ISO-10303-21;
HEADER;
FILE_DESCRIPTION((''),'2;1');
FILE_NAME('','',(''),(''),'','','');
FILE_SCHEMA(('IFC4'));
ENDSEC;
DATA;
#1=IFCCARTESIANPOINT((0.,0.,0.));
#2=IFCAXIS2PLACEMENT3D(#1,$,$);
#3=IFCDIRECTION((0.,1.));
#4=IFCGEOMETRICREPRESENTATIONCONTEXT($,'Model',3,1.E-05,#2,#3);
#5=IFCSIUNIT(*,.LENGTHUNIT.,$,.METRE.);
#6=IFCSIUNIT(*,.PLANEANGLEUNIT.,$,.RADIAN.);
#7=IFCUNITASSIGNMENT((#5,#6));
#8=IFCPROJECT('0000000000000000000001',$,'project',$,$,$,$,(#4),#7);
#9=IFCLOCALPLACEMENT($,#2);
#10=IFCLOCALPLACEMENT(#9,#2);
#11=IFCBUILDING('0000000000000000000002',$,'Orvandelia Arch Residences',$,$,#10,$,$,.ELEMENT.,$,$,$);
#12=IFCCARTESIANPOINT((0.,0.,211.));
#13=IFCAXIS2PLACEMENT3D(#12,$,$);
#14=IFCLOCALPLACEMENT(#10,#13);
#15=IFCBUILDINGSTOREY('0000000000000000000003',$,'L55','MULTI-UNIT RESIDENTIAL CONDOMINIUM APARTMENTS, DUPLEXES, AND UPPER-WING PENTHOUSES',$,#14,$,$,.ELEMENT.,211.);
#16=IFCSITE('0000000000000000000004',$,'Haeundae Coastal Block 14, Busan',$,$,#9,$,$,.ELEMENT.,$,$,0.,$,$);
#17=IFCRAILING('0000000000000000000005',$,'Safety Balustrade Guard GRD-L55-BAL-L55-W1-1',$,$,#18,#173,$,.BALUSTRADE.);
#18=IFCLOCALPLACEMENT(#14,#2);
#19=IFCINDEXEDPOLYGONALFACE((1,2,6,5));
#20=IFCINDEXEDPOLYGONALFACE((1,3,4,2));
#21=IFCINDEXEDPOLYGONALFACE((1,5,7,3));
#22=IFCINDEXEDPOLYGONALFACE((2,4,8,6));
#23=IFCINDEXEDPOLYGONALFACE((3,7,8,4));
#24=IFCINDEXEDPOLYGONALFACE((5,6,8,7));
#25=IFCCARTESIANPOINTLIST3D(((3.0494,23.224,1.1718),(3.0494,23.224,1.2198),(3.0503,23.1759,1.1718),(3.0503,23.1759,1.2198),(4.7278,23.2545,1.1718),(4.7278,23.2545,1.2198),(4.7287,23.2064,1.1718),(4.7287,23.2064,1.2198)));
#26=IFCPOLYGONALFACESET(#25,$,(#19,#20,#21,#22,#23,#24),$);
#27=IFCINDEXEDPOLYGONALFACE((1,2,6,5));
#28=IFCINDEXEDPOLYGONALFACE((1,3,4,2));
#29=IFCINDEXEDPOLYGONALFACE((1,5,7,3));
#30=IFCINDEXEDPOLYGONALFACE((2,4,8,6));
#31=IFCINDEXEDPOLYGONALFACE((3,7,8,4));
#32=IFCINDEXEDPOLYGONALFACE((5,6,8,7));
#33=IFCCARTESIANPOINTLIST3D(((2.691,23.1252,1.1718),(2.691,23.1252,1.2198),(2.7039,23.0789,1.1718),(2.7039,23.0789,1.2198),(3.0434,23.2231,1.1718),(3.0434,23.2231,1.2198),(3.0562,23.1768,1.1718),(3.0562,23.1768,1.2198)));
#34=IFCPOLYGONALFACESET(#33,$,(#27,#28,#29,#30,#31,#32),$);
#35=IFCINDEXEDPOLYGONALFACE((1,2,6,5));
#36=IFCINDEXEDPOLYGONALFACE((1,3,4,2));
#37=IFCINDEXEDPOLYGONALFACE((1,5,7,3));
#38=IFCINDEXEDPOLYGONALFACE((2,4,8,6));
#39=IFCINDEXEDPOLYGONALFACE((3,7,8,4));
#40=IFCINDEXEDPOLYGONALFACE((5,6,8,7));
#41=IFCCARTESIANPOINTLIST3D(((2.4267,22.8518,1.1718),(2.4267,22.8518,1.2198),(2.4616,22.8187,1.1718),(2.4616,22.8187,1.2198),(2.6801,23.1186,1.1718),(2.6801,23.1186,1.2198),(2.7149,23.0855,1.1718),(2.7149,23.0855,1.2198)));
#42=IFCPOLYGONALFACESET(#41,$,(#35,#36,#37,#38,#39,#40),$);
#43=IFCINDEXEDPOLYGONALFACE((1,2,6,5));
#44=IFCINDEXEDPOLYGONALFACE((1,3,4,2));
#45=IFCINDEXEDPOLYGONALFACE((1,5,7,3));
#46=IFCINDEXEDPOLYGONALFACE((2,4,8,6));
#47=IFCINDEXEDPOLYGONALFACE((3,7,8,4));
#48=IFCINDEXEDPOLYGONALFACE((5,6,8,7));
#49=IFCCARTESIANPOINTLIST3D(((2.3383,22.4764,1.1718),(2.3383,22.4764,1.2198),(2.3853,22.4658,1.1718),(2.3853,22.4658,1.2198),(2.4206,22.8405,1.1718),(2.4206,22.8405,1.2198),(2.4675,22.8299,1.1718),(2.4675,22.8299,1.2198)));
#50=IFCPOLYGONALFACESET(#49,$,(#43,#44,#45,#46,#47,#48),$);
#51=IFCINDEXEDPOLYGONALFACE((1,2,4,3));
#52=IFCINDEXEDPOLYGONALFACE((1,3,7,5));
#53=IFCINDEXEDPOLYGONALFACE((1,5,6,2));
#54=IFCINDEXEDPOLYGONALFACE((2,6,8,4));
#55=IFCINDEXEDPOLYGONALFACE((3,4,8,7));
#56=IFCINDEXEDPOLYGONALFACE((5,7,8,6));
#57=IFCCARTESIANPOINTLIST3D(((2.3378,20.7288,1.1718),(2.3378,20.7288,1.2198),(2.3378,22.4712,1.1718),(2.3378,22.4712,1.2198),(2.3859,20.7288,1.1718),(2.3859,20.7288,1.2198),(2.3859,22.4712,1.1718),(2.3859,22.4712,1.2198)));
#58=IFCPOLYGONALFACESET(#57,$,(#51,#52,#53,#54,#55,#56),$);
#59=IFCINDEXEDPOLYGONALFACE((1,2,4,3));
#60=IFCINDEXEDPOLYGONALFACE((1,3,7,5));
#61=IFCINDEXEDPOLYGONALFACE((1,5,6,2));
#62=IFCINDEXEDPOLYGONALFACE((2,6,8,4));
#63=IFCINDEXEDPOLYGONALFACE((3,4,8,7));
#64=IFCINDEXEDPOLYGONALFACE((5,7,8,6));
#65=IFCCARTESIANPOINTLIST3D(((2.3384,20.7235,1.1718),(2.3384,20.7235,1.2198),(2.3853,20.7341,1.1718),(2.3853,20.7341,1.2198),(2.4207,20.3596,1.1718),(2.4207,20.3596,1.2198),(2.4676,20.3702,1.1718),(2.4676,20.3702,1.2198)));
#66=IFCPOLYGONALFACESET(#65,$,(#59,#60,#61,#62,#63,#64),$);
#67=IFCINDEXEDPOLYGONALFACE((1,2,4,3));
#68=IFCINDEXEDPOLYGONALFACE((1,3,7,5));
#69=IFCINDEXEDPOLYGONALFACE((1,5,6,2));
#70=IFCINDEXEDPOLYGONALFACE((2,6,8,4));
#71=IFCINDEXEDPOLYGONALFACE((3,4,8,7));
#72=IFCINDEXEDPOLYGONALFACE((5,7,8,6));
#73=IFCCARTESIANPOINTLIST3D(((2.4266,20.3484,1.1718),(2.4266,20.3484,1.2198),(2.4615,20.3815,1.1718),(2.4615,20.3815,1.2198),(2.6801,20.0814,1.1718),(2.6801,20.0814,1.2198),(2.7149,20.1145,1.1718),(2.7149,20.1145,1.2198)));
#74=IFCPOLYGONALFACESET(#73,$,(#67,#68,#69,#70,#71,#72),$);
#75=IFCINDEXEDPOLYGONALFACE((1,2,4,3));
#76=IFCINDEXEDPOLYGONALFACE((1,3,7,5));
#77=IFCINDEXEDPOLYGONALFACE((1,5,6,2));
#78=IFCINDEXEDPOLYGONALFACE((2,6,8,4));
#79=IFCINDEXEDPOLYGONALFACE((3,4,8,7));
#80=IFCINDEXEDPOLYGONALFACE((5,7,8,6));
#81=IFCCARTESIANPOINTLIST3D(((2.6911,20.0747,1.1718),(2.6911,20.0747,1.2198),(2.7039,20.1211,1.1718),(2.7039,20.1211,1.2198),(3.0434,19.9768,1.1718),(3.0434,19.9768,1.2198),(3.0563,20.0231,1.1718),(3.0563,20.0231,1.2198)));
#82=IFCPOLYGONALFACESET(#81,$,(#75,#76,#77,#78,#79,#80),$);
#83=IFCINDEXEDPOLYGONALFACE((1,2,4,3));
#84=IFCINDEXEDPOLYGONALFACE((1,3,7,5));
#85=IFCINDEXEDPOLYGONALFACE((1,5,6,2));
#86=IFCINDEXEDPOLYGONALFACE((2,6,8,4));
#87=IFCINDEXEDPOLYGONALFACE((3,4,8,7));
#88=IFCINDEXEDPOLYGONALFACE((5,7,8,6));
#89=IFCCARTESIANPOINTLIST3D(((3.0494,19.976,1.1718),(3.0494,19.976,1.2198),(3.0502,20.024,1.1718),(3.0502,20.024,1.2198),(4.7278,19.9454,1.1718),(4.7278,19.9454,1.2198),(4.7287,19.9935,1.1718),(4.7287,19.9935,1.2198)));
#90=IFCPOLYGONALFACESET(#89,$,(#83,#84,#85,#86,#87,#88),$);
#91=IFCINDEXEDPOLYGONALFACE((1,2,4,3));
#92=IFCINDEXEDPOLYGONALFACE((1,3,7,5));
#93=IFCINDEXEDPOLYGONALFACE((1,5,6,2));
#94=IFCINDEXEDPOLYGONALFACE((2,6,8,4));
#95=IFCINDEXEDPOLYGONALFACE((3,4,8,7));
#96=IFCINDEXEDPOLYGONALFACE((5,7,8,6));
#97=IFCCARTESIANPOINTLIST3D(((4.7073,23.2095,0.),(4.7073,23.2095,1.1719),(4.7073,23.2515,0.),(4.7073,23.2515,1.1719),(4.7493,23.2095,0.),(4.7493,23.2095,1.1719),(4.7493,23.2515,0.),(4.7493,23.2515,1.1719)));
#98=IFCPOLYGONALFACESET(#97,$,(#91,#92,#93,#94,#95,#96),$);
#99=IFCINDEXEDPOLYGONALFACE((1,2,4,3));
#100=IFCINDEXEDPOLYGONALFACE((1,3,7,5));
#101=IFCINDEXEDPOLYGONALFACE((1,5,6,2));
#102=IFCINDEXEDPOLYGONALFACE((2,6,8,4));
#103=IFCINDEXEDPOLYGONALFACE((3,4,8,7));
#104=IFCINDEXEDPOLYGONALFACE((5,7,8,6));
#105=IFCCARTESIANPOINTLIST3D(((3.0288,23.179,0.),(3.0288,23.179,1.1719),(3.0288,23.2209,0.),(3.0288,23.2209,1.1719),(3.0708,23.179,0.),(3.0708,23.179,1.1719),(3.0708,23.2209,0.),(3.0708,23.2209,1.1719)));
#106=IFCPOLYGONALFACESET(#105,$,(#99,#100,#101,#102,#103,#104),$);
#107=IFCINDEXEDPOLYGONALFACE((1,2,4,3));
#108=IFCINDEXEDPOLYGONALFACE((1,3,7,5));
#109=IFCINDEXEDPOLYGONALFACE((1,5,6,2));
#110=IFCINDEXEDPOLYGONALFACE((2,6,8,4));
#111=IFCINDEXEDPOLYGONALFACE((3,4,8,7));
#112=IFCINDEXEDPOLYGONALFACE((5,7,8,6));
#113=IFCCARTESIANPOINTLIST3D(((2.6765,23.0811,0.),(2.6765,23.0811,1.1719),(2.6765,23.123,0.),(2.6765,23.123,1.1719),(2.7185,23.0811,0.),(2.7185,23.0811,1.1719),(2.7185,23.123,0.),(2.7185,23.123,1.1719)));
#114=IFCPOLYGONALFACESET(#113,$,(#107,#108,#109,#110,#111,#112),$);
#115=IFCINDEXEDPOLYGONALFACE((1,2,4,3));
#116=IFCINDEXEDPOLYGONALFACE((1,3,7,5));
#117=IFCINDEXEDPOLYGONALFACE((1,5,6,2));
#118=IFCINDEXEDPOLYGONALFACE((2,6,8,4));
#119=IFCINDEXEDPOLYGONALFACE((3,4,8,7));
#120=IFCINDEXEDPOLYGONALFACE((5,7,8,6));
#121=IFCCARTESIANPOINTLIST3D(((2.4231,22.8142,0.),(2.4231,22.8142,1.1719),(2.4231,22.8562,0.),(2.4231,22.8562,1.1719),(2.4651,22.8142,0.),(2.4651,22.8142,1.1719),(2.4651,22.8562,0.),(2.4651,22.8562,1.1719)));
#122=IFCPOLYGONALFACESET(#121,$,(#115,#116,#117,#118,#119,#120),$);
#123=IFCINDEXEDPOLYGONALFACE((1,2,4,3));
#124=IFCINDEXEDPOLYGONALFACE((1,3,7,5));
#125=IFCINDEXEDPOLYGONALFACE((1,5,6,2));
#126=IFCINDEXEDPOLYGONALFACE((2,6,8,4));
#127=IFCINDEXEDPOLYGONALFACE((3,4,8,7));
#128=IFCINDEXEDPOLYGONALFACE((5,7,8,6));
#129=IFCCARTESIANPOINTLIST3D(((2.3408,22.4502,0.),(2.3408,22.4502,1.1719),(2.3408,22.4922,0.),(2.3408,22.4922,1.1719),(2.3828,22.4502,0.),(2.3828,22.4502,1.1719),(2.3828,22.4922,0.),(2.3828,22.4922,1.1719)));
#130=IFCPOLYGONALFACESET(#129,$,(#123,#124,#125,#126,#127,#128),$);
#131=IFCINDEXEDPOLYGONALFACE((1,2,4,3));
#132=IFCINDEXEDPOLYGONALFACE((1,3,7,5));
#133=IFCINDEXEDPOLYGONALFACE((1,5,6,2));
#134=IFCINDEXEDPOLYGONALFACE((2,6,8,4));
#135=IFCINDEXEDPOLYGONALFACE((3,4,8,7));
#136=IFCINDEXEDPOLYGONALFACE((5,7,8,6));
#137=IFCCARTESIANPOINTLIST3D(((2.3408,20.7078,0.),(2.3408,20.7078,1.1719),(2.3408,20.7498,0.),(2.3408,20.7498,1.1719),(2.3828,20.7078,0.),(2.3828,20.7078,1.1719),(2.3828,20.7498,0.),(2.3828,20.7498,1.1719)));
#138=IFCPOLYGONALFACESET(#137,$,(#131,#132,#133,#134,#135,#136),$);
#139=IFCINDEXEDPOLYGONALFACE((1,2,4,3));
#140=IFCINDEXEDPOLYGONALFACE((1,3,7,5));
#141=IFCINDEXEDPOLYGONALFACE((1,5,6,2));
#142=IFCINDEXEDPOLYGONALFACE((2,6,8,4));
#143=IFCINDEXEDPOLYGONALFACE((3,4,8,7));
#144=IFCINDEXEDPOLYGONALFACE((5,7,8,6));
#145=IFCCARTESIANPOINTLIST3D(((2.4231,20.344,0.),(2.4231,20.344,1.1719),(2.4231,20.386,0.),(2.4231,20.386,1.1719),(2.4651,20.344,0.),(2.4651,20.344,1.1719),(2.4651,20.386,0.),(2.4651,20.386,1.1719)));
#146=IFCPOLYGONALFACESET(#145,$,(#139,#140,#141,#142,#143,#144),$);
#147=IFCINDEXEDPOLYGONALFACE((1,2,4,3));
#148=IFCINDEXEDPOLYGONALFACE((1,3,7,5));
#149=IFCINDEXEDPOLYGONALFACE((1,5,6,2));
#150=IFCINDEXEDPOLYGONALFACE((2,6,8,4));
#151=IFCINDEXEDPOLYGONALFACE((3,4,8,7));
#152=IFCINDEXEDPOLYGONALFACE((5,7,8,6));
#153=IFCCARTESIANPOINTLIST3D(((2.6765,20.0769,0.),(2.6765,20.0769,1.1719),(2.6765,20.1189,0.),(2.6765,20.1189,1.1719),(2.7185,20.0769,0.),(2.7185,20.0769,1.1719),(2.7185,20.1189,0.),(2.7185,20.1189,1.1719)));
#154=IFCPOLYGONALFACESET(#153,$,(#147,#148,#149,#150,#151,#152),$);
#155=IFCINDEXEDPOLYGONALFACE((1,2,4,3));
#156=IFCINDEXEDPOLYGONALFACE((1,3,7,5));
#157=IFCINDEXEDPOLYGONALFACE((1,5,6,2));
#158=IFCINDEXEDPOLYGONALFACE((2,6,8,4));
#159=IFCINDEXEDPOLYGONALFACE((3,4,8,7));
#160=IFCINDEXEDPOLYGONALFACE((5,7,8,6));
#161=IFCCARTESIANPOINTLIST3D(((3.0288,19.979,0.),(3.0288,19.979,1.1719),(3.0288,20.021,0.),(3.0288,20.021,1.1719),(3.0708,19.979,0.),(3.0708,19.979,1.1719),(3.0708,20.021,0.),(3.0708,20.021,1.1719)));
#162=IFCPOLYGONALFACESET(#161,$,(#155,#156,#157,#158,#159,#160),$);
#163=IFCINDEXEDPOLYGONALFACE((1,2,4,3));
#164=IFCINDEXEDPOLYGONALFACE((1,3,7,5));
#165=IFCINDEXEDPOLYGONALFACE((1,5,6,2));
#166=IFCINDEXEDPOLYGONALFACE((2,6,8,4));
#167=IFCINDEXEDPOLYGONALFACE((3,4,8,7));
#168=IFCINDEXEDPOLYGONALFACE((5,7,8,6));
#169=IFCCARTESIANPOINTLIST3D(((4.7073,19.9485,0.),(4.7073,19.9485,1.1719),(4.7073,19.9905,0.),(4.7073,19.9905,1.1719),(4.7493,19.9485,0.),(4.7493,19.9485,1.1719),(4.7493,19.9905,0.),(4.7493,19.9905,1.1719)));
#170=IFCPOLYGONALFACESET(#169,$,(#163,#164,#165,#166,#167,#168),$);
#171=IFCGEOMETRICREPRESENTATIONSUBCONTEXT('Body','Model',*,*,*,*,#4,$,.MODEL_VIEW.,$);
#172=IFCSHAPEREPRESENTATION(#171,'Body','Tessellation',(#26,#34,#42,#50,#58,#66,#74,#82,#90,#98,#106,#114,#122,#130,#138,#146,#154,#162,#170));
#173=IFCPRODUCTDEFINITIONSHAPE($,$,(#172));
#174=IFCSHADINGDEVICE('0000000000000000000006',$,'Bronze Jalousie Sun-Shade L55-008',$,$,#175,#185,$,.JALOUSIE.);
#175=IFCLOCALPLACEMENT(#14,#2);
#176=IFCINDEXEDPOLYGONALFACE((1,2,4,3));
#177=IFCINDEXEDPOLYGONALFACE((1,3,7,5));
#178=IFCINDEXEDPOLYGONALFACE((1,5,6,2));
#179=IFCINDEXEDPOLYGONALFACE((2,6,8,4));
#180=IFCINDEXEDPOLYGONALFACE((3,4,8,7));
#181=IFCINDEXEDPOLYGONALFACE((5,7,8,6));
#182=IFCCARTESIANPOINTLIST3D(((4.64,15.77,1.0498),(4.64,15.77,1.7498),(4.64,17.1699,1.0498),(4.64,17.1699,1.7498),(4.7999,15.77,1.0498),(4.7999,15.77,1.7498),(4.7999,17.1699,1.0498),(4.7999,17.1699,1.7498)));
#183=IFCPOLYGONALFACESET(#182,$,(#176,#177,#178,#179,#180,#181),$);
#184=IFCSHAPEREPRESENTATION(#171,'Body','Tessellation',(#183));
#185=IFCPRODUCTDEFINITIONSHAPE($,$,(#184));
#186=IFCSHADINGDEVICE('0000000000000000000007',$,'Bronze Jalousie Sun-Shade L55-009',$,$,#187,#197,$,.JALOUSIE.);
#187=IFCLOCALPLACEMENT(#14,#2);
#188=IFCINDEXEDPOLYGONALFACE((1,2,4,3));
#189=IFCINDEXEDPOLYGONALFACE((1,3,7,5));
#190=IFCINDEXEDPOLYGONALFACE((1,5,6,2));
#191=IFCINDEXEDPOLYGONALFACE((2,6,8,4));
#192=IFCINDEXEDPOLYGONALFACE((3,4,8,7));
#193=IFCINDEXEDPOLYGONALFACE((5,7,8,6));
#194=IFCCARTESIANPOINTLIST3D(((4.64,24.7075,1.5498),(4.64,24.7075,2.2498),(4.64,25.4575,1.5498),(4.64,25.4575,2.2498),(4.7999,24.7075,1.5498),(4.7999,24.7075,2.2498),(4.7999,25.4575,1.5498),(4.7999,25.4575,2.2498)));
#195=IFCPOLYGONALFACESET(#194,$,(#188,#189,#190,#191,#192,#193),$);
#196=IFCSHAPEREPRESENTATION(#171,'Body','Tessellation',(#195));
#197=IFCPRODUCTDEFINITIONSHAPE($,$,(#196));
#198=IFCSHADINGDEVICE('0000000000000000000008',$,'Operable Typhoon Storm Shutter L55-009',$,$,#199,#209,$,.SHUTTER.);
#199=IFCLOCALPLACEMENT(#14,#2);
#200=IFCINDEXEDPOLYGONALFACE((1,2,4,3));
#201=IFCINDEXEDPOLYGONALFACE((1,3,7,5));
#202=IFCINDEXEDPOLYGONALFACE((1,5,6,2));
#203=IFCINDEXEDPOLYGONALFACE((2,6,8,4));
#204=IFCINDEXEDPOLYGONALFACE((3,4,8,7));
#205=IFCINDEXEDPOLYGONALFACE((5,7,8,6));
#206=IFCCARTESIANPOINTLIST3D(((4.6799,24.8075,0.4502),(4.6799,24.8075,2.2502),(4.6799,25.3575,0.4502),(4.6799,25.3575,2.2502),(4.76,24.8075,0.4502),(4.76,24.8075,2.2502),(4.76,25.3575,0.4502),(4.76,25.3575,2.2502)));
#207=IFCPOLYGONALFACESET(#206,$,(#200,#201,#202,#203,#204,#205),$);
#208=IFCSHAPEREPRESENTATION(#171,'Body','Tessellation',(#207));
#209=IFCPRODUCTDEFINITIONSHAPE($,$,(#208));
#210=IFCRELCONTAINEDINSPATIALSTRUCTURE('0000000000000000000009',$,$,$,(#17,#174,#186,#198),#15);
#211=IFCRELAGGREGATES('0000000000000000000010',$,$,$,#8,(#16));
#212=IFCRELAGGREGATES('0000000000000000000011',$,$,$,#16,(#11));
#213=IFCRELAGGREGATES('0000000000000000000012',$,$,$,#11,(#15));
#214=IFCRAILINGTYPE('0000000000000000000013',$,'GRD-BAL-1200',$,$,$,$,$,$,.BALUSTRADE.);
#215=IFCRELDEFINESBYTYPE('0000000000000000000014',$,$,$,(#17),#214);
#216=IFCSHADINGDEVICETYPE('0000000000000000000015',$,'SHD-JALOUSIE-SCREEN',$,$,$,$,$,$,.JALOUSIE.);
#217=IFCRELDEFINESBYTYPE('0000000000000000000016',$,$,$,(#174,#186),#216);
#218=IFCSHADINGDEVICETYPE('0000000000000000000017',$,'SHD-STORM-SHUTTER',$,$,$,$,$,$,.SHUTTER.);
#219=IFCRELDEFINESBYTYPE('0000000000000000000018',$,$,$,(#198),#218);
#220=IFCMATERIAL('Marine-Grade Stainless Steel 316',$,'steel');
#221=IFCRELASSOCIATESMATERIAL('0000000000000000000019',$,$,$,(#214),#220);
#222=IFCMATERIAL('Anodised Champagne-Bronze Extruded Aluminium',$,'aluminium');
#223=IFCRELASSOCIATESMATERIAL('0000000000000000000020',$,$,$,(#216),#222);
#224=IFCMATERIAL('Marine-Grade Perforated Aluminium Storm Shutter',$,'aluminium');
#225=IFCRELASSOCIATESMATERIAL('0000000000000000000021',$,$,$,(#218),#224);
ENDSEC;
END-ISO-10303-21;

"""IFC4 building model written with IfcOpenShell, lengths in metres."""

from ifc_helpers import new_model, si_unit, direction, frame, origin, origin_2d, place, context, subcontext, project, spatial, rectangle, extrude, material, type_object, element, save


model = new_model("IFC4")

# Units and contexts
model_context = context("Model", 3, precision=1e-05, world=origin(), true_north=direction((0.0, 1.0)))
body_context = subcontext(model_context, "Body", "Model", "MODEL_VIEW")
ifc_project = project(units=[si_unit("LENGTHUNIT", "METRE"), si_unit("PLANEANGLEUNIT", "RADIAN")], contexts=[model_context])

# Site, building, storey
site_placement = place(None, origin())
site = spatial("IfcSite", under=ifc_project, at=site_placement, Name="Haeundae Coastal Block 14, Busan", CompositionType="ELEMENT", RefElevation=0.0)
building_placement = place(site_placement, origin())
building = spatial("IfcBuilding", under=site, at=building_placement, Name="Orvandelia Arch Residences", CompositionType="ELEMENT")
storey_placement = place(building_placement, frame((0.0, 0.0, 211.0)))
storey = spatial("IfcBuildingStorey", under=building, at=storey_placement, Name="L55", Description="MULTI-UNIT RESIDENTIAL CONDOMINIUM APARTMENTS, DUPLEXES, AND UPPER-WING PENTHOUSES", CompositionType="ELEMENT", Elevation=211.0)

# Railing
ifc_material_1 = material(Name="Marine-Grade Stainless Steel 316", Category="steel")
railing_type = type_object("IfcRailingType", Name="GRD-BAL-1200", PredefinedType="BALUSTRADE", material=ifc_material_1)
railing_placement = place(storey_placement, frame((4.7283, 23.2305, 0.0)))
element("IfcRailing", 1, at=railing_placement, inside=storey, type_object=railing_type, Name="Safety Balustrade Guard GRD-L55-BAL-L55-W1-1", PredefinedType="BALUSTRADE", context=body_context, shape_type="SweptSolid", body=[
    extrude(rectangle(XDim=0.0481, YDim=0.0481, at=origin_2d()), frame((0.0, 0.0, 1.1958), z_axis=(-0.999835, -0.018179, 0.0), x_axis=(0.018179, -0.999835, 0.0)), (0.0, 0.0, 1.0), 1.6787),
    extrude(rectangle(XDim=0.0481, YDim=0.0481, at=origin_2d()), frame((-1.6785, -0.0305, 1.1958), z_axis=(-0.963489, -0.267747, 0.0), x_axis=(0.267747, -0.963489, 0.0)), (0.0, 0.0, 1.0), 0.3657),
    extrude(rectangle(XDim=0.0481, YDim=0.0481, at=origin_2d()), frame((-2.0308, -0.1284, 1.1958), z_axis=(-0.688627, -0.725115, 0.0), x_axis=(0.725115, -0.688627, 0.0)), (0.0, 0.0, 1.0), 0.3679),
    extrude(rectangle(XDim=0.0481, YDim=0.0481, at=origin_2d()), frame((-2.2842, -0.3953, 1.1958), z_axis=(-0.220462, -0.975396, 0.0), x_axis=(0.975396, -0.220462, 0.0)), (0.0, 0.0, 1.0), 0.3733),
    extrude(rectangle(XDim=0.0481, YDim=0.0481, at=origin_2d()), frame((-2.3665, -0.7593, 1.1958), z_axis=(0.0, -1.0, 0.0), x_axis=(1.0, 0.0, 0.0)), (0.0, 0.0, 1.0), 1.7424),
    extrude(rectangle(XDim=0.0481, YDim=0.0481, at=origin_2d()), frame((-2.3665, -2.5017, 1.1958), z_axis=(0.220602, -0.975364, 0.0), x_axis=(0.975364, 0.220602, 0.0)), (0.0, 0.0, 1.0), 0.373),
    extrude(rectangle(XDim=0.0481, YDim=0.0481, at=origin_2d()), frame((-2.2842, -2.8655, 1.1958), z_axis=(0.688296, -0.72543, 0.0), x_axis=(0.72543, 0.688296, 0.0)), (0.0, 0.0, 1.0), 0.3682),
    extrude(rectangle(XDim=0.0481, YDim=0.0481, at=origin_2d()), frame((-2.0308, -3.1326, 1.1958), z_axis=(0.963489, -0.267747, 0.0), x_axis=(0.267747, 0.963489, 0.0)), (0.0, 0.0, 1.0), 0.3657),
    extrude(rectangle(XDim=0.0481, YDim=0.0481, at=origin_2d()), frame((-1.6785, -3.2305, 1.1958), z_axis=(0.999835, -0.018179, 0.0), x_axis=(0.018179, 0.999835, 0.0)), (0.0, 0.0, 1.0), 1.6787),
    extrude(rectangle(XDim=0.042, YDim=0.042, at=origin_2d()), origin(), (0.0, 0.0, 1.0), 1.1719),
    extrude(rectangle(XDim=0.042, YDim=0.042, at=origin_2d()), frame((-1.6785, -0.0305, 0.0)), (0.0, 0.0, 1.0), 1.1719),
    extrude(rectangle(XDim=0.042, YDim=0.042, at=origin_2d()), frame((-2.0308, -0.1284, 0.0)), (0.0, 0.0, 1.0), 1.1719),
    extrude(rectangle(XDim=0.042, YDim=0.042, at=origin_2d()), frame((-2.2842, -0.3953, 0.0)), (0.0, 0.0, 1.0), 1.1719),
    extrude(rectangle(XDim=0.042, YDim=0.042, at=origin_2d()), frame((-2.3665, -0.7593, 0.0)), (0.0, 0.0, 1.0), 1.1719),
    extrude(rectangle(XDim=0.042, YDim=0.042, at=origin_2d()), frame((-2.3665, -2.5017, 0.0)), (0.0, 0.0, 1.0), 1.1719),
    extrude(rectangle(XDim=0.042, YDim=0.042, at=origin_2d()), frame((-2.2842, -2.8655, 0.0)), (0.0, 0.0, 1.0), 1.1719),
    extrude(rectangle(XDim=0.042, YDim=0.042, at=origin_2d()), frame((-2.0308, -3.1326, 0.0)), (0.0, 0.0, 1.0), 1.1719),
    extrude(rectangle(XDim=0.042, YDim=0.042, at=origin_2d()), frame((-1.6785, -3.2305, 0.0)), (0.0, 0.0, 1.0), 1.1719),
    extrude(rectangle(XDim=0.042, YDim=0.042, at=origin_2d()), frame((0.0, -3.261, 0.0)), (0.0, 0.0, 1.0), 1.1719),
])

# Shading devices
ifc_material_2 = material(Name="Anodised Champagne-Bronze Extruded Aluminium", Category="aluminium")
shading_device_type_1 = type_object("IfcShadingDeviceType", Name="SHD-JALOUSIE-SCREEN", PredefinedType="JALOUSIE", material=ifc_material_2)
shading_device_1_placement = place(storey_placement, frame((4.72, 16.47, 1.0498), z_axis=(0.0, 0.0, 1.0), x_axis=(0.0, 1.0, 0.0)))
element("IfcShadingDevice", 2, at=shading_device_1_placement, inside=storey, type_object=shading_device_type_1, Name="Bronze Jalousie Sun-Shade L55-008", PredefinedType="JALOUSIE", context=body_context, shape_type="SweptSolid", body=[
    extrude(rectangle(XDim=1.3999, YDim=0.1599, at=origin_2d()), origin(), (0.0, 0.0, 1.0), 0.7),
])
shading_device_2_placement = place(storey_placement, frame((4.72, 25.0825, 1.5498), z_axis=(0.0, 0.0, 1.0), x_axis=(0.0, 1.0, 0.0)))
element("IfcShadingDevice", 3, at=shading_device_2_placement, inside=storey, type_object=shading_device_type_1, Name="Bronze Jalousie Sun-Shade L55-009", PredefinedType="JALOUSIE", context=body_context, shape_type="SweptSolid", body=[
    extrude(rectangle(XDim=0.75, YDim=0.1599, at=origin_2d()), origin(), (0.0, 0.0, 1.0), 0.7),
])
ifc_material_3 = material(Name="Marine-Grade Perforated Aluminium Storm Shutter", Category="aluminium")
shading_device_type_2 = type_object("IfcShadingDeviceType", Name="SHD-STORM-SHUTTER", PredefinedType="SHUTTER", material=ifc_material_3)
shading_device_3_placement = place(storey_placement, frame((4.72, 25.0825, 0.4502), z_axis=(0.0, 0.0, 1.0), x_axis=(0.0, 1.0, 0.0)))
element("IfcShadingDevice", 4, at=shading_device_3_placement, inside=storey, type_object=shading_device_type_2, Name="Operable Typhoon Storm Shutter L55-009", PredefinedType="SHUTTER", context=body_context, shape_type="SweptSolid", body=[
    extrude(rectangle(XDim=0.55, YDim=0.0801, at=origin_2d()), origin(), (0.0, 0.0, 1.0), 1.8),
])

save(model, "model.ifc")
